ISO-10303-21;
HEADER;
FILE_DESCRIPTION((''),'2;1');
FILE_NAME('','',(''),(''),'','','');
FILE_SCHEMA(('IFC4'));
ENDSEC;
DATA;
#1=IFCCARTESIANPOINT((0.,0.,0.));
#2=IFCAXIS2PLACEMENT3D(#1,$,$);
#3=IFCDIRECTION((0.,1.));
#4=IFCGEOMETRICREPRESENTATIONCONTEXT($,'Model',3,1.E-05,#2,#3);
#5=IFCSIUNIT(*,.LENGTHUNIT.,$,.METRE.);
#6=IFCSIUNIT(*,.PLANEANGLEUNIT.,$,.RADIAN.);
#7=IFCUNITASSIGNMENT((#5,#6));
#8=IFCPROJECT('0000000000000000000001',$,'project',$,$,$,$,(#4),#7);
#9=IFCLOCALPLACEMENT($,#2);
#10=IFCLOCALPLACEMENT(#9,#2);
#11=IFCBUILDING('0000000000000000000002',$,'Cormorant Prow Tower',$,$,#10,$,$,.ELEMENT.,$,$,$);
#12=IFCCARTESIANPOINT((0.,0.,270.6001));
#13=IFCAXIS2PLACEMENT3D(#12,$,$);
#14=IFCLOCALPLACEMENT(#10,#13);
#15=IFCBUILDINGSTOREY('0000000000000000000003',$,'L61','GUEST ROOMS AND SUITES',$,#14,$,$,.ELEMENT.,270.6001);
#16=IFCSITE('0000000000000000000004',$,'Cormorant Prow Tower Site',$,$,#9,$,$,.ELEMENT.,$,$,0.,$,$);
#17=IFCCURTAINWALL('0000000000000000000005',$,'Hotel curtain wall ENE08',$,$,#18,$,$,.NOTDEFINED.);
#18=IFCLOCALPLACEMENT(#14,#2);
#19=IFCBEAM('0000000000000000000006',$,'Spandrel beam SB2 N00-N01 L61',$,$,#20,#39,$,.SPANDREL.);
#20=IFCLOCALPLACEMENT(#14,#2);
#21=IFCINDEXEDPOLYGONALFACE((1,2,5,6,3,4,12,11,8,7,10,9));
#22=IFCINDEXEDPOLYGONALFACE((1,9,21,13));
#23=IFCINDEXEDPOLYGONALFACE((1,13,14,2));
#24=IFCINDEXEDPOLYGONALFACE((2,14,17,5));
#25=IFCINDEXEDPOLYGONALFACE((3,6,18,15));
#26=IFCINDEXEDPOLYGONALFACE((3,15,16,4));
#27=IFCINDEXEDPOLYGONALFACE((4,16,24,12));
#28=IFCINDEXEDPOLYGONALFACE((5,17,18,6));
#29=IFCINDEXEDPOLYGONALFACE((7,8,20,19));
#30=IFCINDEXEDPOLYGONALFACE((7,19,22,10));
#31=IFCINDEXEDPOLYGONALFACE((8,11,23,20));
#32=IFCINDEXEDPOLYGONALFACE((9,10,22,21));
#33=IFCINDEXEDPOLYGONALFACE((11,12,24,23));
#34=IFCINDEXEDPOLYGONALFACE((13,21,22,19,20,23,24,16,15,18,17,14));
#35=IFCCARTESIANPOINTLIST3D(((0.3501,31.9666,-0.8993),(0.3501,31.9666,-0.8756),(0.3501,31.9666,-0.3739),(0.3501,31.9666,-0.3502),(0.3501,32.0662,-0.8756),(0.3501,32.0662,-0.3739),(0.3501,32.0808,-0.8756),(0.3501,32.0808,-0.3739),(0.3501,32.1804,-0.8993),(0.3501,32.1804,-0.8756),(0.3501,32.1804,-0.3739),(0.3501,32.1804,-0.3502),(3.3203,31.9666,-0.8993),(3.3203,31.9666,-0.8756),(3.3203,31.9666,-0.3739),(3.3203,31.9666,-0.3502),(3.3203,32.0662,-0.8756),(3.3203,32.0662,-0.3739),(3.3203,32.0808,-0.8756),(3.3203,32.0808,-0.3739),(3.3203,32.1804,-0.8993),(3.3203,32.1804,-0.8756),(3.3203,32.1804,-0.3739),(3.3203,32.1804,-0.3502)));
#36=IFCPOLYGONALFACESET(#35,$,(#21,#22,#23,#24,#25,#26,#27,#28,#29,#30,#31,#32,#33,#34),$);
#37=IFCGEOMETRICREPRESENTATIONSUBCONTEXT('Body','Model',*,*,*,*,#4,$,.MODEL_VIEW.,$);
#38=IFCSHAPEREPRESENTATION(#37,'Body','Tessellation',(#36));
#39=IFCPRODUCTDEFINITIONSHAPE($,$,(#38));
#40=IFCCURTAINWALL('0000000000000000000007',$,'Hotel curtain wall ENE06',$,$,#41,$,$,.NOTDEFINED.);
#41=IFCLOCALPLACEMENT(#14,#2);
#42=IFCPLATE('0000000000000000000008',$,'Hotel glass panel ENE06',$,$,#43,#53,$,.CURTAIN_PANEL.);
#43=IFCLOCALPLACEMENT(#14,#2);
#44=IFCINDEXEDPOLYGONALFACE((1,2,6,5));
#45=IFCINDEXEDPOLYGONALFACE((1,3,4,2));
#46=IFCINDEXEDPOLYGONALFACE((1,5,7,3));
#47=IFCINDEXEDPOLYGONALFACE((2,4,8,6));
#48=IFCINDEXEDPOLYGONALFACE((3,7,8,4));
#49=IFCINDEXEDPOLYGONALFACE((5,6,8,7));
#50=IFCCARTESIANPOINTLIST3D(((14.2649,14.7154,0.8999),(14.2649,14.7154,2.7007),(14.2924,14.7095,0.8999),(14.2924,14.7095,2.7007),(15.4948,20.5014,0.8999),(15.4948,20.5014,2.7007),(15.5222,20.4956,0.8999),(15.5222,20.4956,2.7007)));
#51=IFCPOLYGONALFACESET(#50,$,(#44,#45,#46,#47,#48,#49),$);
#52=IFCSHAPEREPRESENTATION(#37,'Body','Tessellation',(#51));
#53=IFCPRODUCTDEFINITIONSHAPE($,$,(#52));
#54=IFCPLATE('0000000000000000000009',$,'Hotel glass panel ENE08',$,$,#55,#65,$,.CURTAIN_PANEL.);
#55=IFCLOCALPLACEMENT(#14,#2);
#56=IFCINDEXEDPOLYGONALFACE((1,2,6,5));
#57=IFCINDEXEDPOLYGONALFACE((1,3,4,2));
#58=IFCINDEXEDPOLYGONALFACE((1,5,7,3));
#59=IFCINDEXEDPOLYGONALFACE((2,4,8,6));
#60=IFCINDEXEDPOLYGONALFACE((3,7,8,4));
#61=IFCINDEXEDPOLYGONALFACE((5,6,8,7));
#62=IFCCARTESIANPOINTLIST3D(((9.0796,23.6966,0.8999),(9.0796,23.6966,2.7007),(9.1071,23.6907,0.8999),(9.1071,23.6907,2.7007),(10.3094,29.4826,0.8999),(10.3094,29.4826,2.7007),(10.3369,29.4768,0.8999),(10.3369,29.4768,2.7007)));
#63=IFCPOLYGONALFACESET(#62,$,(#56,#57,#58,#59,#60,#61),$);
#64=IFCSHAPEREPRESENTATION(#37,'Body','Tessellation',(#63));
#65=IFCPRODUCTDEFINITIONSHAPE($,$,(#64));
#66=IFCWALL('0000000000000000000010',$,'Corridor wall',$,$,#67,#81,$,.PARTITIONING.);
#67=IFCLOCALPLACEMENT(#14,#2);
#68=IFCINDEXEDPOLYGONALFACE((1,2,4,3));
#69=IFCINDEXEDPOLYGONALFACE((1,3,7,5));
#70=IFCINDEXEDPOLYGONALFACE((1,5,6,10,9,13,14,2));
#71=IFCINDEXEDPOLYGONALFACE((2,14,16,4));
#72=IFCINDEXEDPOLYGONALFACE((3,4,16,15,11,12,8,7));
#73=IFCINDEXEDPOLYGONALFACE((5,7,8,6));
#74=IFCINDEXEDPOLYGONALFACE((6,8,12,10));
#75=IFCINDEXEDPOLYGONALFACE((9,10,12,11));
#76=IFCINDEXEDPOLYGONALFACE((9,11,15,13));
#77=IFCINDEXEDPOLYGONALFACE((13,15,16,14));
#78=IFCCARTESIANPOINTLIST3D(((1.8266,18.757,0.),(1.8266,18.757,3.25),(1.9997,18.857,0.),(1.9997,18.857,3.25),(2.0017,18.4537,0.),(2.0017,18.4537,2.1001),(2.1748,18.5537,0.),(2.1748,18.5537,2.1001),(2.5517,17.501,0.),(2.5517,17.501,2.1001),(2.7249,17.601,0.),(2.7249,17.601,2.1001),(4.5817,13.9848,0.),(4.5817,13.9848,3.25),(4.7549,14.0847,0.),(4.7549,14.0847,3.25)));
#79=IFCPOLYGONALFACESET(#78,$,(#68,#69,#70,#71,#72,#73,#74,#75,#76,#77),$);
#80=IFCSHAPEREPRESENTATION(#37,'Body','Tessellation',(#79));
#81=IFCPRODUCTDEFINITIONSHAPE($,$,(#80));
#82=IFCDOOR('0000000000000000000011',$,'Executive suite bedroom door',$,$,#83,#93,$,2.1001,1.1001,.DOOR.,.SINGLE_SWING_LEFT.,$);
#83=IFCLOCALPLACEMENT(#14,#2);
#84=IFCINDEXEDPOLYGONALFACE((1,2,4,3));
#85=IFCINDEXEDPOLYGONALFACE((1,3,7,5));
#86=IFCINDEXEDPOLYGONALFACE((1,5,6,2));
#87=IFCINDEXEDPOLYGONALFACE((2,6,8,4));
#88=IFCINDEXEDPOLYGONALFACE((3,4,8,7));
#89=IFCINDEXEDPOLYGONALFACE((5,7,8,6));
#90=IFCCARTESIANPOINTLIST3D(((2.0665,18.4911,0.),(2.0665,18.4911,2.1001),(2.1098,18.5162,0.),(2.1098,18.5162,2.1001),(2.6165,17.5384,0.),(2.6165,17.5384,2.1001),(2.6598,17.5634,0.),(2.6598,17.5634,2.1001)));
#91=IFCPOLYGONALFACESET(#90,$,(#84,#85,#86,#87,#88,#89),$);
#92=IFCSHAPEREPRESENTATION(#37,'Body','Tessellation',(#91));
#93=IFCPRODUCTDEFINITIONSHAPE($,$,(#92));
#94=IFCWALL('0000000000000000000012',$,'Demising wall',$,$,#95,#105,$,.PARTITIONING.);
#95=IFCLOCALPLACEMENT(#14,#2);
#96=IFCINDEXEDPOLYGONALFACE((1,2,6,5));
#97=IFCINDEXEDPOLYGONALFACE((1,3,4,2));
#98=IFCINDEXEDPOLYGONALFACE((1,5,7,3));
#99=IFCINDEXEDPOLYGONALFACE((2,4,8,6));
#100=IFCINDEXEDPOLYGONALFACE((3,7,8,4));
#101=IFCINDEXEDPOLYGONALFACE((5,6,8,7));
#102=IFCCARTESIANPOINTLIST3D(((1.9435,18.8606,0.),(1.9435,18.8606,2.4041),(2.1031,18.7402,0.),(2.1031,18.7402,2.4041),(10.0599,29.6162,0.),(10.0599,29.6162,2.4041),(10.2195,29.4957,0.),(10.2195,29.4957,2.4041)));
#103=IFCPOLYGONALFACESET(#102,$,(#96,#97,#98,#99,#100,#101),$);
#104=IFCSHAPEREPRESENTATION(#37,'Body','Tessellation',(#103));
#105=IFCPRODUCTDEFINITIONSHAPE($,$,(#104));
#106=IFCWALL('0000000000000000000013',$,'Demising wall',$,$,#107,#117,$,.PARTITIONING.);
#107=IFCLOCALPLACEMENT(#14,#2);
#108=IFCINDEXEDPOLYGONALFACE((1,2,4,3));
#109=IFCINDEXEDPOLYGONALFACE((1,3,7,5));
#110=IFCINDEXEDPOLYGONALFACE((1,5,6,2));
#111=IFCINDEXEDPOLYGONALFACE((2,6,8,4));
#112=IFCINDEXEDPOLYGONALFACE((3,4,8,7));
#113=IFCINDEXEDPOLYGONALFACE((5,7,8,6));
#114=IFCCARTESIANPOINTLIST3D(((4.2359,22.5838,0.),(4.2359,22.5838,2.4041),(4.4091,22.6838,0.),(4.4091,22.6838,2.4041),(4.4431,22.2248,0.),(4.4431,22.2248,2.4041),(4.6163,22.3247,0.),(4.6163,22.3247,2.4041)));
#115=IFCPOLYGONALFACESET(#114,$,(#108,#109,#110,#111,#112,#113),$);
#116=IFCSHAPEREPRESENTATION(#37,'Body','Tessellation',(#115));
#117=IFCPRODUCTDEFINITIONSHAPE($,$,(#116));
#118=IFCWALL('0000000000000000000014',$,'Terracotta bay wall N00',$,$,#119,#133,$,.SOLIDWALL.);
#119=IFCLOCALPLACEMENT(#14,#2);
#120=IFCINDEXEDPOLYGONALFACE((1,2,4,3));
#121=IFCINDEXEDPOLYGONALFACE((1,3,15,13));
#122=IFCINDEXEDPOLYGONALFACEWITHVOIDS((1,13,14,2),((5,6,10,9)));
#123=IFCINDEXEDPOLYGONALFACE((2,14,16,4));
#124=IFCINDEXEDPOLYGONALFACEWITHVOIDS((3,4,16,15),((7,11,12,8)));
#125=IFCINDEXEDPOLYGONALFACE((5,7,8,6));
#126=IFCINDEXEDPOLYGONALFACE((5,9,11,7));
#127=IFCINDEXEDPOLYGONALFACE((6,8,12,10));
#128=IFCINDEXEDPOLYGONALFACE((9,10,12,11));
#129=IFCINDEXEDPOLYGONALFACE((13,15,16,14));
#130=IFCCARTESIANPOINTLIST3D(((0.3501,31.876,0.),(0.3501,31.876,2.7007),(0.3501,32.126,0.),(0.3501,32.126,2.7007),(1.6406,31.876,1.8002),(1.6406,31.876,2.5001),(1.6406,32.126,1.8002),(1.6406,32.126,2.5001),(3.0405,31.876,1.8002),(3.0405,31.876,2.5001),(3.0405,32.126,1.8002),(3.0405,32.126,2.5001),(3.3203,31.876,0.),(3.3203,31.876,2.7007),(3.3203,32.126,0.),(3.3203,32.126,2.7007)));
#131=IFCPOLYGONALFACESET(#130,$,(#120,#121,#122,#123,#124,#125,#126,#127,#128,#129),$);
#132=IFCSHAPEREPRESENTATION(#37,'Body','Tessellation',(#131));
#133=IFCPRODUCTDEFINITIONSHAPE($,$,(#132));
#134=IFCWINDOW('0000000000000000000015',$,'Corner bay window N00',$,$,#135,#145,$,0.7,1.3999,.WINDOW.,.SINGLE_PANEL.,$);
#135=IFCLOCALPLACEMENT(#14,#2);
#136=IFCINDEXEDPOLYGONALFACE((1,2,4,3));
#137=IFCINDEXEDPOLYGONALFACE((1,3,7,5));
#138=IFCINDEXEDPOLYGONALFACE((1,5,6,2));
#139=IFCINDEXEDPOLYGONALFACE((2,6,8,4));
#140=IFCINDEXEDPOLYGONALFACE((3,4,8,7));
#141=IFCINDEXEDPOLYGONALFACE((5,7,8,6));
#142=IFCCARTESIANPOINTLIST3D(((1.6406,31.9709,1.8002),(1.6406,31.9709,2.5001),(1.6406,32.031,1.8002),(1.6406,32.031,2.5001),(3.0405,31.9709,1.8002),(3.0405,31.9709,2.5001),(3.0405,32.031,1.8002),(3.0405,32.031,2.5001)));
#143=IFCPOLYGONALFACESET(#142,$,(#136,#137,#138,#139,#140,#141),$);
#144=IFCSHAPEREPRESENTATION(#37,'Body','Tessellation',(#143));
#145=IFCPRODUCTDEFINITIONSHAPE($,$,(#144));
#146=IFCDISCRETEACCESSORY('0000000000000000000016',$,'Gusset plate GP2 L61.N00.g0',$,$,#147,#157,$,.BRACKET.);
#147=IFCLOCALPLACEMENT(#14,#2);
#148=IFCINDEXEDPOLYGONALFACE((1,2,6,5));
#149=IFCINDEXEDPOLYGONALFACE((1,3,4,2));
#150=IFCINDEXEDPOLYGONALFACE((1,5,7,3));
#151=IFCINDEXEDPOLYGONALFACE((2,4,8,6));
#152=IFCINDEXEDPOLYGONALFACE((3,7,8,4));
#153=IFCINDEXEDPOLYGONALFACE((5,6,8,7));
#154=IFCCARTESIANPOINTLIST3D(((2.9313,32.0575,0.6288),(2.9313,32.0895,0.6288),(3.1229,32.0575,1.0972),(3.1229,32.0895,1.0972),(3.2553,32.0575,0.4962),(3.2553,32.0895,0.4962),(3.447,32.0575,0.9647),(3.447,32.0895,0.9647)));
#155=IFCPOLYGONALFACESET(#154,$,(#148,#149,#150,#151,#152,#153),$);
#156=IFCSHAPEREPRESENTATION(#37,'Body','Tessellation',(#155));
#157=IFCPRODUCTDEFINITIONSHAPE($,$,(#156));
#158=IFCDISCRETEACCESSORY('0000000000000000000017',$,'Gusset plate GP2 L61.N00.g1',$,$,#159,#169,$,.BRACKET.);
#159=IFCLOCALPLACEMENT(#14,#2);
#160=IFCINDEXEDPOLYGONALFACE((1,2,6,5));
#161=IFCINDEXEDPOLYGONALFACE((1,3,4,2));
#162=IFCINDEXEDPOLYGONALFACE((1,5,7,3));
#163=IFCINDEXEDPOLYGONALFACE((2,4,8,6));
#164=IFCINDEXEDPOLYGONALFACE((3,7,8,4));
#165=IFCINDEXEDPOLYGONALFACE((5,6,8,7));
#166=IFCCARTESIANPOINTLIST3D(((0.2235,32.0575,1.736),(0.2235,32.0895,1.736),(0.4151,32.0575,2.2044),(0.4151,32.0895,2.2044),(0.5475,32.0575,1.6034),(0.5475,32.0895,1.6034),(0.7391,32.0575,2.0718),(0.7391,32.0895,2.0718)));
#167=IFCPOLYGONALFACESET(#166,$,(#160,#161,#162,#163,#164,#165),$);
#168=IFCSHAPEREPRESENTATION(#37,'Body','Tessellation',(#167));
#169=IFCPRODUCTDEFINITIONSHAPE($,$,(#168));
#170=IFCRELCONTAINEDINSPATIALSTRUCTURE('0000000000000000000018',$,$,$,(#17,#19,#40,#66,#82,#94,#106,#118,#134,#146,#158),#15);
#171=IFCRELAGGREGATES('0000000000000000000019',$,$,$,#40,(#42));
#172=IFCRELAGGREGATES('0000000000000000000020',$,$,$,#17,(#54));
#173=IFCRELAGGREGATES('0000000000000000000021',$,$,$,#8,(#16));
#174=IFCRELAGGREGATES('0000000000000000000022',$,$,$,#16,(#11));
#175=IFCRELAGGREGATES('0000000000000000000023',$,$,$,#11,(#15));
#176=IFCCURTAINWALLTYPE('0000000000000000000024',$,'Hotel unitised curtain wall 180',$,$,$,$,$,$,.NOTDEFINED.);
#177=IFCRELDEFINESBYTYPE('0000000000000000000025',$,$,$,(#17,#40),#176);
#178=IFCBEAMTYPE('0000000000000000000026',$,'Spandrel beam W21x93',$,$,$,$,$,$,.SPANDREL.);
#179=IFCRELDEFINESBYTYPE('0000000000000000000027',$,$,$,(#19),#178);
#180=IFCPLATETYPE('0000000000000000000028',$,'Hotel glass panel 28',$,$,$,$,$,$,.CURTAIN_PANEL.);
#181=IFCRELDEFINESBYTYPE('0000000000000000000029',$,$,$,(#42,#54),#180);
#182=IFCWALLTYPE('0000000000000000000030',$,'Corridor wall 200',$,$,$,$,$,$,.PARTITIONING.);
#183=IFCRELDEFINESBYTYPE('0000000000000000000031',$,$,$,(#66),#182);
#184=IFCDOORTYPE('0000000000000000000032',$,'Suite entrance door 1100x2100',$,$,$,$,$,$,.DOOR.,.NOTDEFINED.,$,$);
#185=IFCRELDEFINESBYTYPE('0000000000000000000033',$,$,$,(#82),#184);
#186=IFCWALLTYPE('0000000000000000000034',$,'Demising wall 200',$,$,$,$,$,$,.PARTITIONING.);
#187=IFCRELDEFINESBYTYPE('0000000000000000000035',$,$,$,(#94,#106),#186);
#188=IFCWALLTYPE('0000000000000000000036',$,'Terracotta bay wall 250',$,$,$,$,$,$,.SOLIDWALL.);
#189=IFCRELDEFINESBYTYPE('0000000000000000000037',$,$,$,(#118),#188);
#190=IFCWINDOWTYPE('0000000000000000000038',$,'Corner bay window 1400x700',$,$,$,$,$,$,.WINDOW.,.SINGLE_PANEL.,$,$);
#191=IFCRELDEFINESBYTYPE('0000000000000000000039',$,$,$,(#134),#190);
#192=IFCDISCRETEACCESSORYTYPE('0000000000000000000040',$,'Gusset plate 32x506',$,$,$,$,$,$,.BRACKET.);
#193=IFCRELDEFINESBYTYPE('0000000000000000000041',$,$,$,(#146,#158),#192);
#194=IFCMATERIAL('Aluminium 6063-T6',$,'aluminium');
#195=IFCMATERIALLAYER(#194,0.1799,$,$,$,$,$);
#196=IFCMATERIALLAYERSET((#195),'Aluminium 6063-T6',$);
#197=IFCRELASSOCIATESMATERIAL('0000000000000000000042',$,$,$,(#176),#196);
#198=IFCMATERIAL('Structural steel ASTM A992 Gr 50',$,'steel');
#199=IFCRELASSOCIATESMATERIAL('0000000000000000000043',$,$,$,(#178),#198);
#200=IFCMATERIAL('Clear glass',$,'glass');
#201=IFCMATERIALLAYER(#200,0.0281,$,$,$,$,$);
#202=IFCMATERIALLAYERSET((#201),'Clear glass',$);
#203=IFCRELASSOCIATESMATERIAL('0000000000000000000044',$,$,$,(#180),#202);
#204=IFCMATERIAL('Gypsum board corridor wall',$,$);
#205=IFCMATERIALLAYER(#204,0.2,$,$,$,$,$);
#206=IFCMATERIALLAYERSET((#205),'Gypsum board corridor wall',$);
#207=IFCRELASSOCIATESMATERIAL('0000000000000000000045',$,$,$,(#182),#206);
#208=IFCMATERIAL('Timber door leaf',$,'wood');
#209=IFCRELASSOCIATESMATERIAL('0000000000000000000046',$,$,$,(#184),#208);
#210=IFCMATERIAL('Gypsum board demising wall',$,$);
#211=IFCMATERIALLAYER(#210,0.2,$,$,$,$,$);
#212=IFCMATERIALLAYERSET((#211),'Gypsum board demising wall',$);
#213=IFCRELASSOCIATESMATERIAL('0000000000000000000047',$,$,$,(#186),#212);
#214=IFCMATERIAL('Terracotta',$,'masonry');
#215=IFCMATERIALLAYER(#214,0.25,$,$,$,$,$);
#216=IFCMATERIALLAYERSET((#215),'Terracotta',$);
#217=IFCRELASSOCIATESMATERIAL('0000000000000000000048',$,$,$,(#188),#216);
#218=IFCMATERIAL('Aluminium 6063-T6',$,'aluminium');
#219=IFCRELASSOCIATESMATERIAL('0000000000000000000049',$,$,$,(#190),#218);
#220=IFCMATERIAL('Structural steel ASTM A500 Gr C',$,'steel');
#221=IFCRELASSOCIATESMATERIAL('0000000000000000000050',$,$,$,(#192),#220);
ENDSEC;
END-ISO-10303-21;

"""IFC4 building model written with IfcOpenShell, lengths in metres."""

from ifc_helpers import new_model, si_unit, direction, frame, frame_2d, origin, origin_2d, place, context, subcontext, project, spatial, rectangle, i_section, extrude, material, layer, layer_set, material_profile, profile_set, type_object, element, fill, aggregate, save


model = new_model("IFC4")

# Units and contexts
model_context = context("Model", 3, precision=1e-05, world=origin(), true_north=direction((0.0, 1.0)))
body_context = subcontext(model_context, "Body", "Model", "MODEL_VIEW")
ifc_project = project(units=[si_unit("LENGTHUNIT", "METRE"), si_unit("PLANEANGLEUNIT", "RADIAN")], contexts=[model_context])

# Site, building, storey
site_placement = place(None, origin())
site = spatial("IfcSite", under=ifc_project, at=site_placement, Name="Cormorant Prow Tower Site", CompositionType="ELEMENT", RefElevation=0.0)
building_placement = place(site_placement, origin())
building = spatial("IfcBuilding", under=site, at=building_placement, Name="Cormorant Prow Tower", CompositionType="ELEMENT")
storey_placement = place(building_placement, frame((0.0, 0.0, 270.6001)))
storey = spatial("IfcBuildingStorey", under=building, at=storey_placement, Name="L61", Description="GUEST ROOMS AND SUITES", CompositionType="ELEMENT", Elevation=270.6001)

# Curtain wall
ifc_material_1 = material(Name="Aluminium 6063-T6", Category="aluminium")
ifc_layer_1 = layer(ifc_material_1, 0.1799)
ifc_layer_set_1 = layer_set([ifc_layer_1], Name="Aluminium 6063-T6")
curtain_wall_type = type_object("IfcCurtainWallType", Name="Hotel unitised curtain wall 180", PredefinedType="NOTDEFINED", material=ifc_layer_set_1)
curtain_wall_1_placement = place(storey_placement, origin())
curtain_wall_1 = element("IfcCurtainWall", 1, at=curtain_wall_1_placement, inside=storey, type_object=curtain_wall_type, Name="Hotel curtain wall ENE08", PredefinedType="NOTDEFINED")

# Beam
ifc_material_2 = material(Name="Structural steel ASTM A992 Gr 50", Category="steel")
ifc_material_profile_1 = material_profile(ifc_material_2, i_section(OverallWidth=0.2139, OverallDepth=0.5491, WebThickness=0.0146, FlangeThickness=0.0237, at=origin_2d()), Name="W21x93")
ifc_profile_set_1 = profile_set([ifc_material_profile_1], Name="Structural steel ASTM A992 Gr 50")
beam_type = type_object("IfcBeamType", Name="Spandrel beam W21x93", PredefinedType="SPANDREL", material=ifc_profile_set_1)
beam_1_placement = place(storey_placement, frame((3.3203, 32.0735, -0.6248), z_axis=(-1.0, 0.0, 0.0), x_axis=(0.0, -1.0, 0.0)))
element("IfcBeam", 2, at=beam_1_placement, inside=storey, type_object=beam_type, Name="Spandrel beam SB2 N00-N01 L61", PredefinedType="SPANDREL", context=body_context, shape_type="SweptSolid", body=[
    extrude(i_section(OverallWidth=0.2139, OverallDepth=0.5491, WebThickness=0.0146, FlangeThickness=0.0237, at=origin_2d()), origin(), (0.0, 0.0, 1.0), 2.9702),
])

# Curtain wall, plate
curtain_wall_2_placement = place(storey_placement, origin())
curtain_wall_2 = element("IfcCurtainWall", 3, at=curtain_wall_2_placement, inside=storey, type_object=curtain_wall_type, Name="Hotel curtain wall ENE06", PredefinedType="NOTDEFINED")
ifc_material_3 = material(Name="Clear glass", Category="glass")
ifc_layer_2 = layer(ifc_material_3, 0.0281)
ifc_layer_set_2 = layer_set([ifc_layer_2], Name="Clear glass")
plate_type = type_object("IfcPlateType", Name="Hotel glass panel 28", PredefinedType="CURTAIN_PANEL", material=ifc_layer_set_2)
plate_1_placement = place(storey_placement, frame((14.8936, 17.6055, 0.8999), z_axis=(0.0, 0.0, 1.0), x_axis=(0.207912, 0.978148, 0.0)))
plate_1 = element("IfcPlate", 4, at=plate_1_placement, type_object=plate_type, Name="Hotel glass panel ENE06", PredefinedType="CURTAIN_PANEL", context=body_context, shape_type="SweptSolid", body=[
    extrude(rectangle(XDim=5.9153, YDim=0.0281, at=origin_2d()), origin(), (0.0, 0.0, 1.0), 1.8008),
])
aggregate(curtain_wall_2, [plate_1])

# Plate
plate_2_placement = place(storey_placement, frame((9.7083, 26.5867, 0.8999), z_axis=(0.0, 0.0, 1.0), x_axis=(0.207912, 0.978148, 0.0)))
plate_2 = element("IfcPlate", 5, at=plate_2_placement, type_object=plate_type, Name="Hotel glass panel ENE08", PredefinedType="CURTAIN_PANEL", context=body_context, shape_type="SweptSolid", body=[
    extrude(rectangle(XDim=5.9153, YDim=0.0281, at=origin_2d()), origin(), (0.0, 0.0, 1.0), 1.8008),
])
aggregate(curtain_wall_1, [plate_2])

# Wall, opening, door
ifc_material_4 = material(Name="Gypsum board corridor wall")
ifc_layer_3 = layer(ifc_material_4, 0.2)
ifc_layer_set_3 = layer_set([ifc_layer_3], Name="Gypsum board corridor wall")
wall_type_1 = type_object("IfcWallType", Name="Corridor wall 200", PredefinedType="PARTITIONING", material=ifc_layer_set_3)
wall_1_placement = place(storey_placement, frame((1.9131, 18.8071, 0.0), z_axis=(0.0, 0.0, 1.0), x_axis=(0.499985, -0.866034, 0.0)))
wall_1 = element("IfcWall", 6, at=wall_1_placement, inside=storey, type_object=wall_type_1, Name="Corridor wall", PredefinedType="PARTITIONING", context=body_context, shape_type="SweptSolid", body=[
    extrude(rectangle(XDim=5.5105, YDim=0.2, at=frame_2d((2.7554, 0.0))), origin(), (0.0, 0.0, 1.0), 3.25),
])
opening_1_placement = place(wall_1_placement, frame((0.3503, 0.0, 0.0)))
opening_1 = element("IfcOpeningElement", 7, at=opening_1_placement, cuts=wall_1, PredefinedType="OPENING", context=body_context, shape_type="SweptSolid", body=[
    extrude(rectangle(XDim=1.1001, YDim=2.1001, at=frame_2d((0.55, 1.05))), frame((0.0, 0.1099, 0.0), z_axis=(0.0, -1.0, 0.0), x_axis=(1.0, 0.0, 0.0)), (0.0, 0.0, 1.0), 0.22),
])
ifc_material_5 = material(Name="Timber door leaf", Category="wood")
door_type_1 = type_object("IfcDoorType", Name="Suite entrance door 1100x2100", OperationType="NOTDEFINED", PredefinedType="DOOR", material=ifc_material_5)
door_1_placement = place(opening_1_placement, origin())
door_1 = element("IfcDoor", 8, at=door_1_placement, inside=storey, type_object=door_type_1, Name="Executive suite bedroom door", OperationType="SINGLE_SWING_LEFT", OverallHeight=2.1001, OverallWidth=1.1001, PredefinedType="DOOR", context=body_context, shape_type="SweptSolid", body=[
    extrude(rectangle(XDim=1.1001, YDim=2.1001, at=frame_2d((0.55, 1.05))), frame((0.0, 0.0249, 0.0), z_axis=(0.0, -1.0, 0.0), x_axis=(1.0, 0.0, 0.0)), (0.0, 0.0, 1.0), 0.05),
])
fill(opening_1, door_1)

# Walls
ifc_material_6 = material(Name="Gypsum board demising wall")
ifc_layer_4 = layer(ifc_material_6, 0.2)
ifc_layer_set_4 = layer_set([ifc_layer_4], Name="Gypsum board demising wall")
wall_type_2 = type_object("IfcWallType", Name="Demising wall 200", PredefinedType="PARTITIONING", material=ifc_layer_set_4)
wall_2_placement = place(storey_placement, frame((2.0232, 18.8003, 0.0), z_axis=(0.0, 0.0, 1.0), x_axis=(0.60236, 0.798224, 0.0)))
element("IfcWall", 9, at=wall_2_placement, inside=storey, type_object=wall_type_2, Name="Demising wall", PredefinedType="PARTITIONING", context=body_context, shape_type="SweptSolid", body=[
    extrude(rectangle(XDim=13.4744, YDim=0.2, at=frame_2d((6.7373, 0.0))), origin(), (0.0, 0.0, 1.0), 2.4041),
])
wall_3_placement = place(storey_placement, frame((4.3225, 22.6338, 0.0), z_axis=(0.0, 0.0, 1.0), x_axis=(0.499875, -0.866097, 0.0)))
element("IfcWall", 10, at=wall_3_placement, inside=storey, type_object=wall_type_2, Name="Demising wall", PredefinedType="PARTITIONING", context=body_context, shape_type="SweptSolid", body=[
    extrude(rectangle(XDim=0.4146, YDim=0.2, at=frame_2d((0.2073, 0.0))), origin(), (0.0, 0.0, 1.0), 2.4041),
])

# Wall, opening, window
ifc_material_7 = material(Name="Terracotta", Category="masonry")
ifc_layer_5 = layer(ifc_material_7, 0.25)
ifc_layer_set_5 = layer_set([ifc_layer_5], Name="Terracotta")
wall_type_3 = type_object("IfcWallType", Name="Terracotta bay wall 250", PredefinedType="SOLIDWALL", material=ifc_layer_set_5)
wall_4_placement = place(storey_placement, frame((3.3203, 32.001, 0.0), z_axis=(0.0, 0.0, 1.0), x_axis=(-1.0, 0.0, 0.0)))
wall_4 = element("IfcWall", 11, at=wall_4_placement, inside=storey, type_object=wall_type_3, Name="Terracotta bay wall N00", PredefinedType="SOLIDWALL", context=body_context, shape_type="SweptSolid", body=[
    extrude(rectangle(XDim=2.9702, YDim=0.25, at=frame_2d((1.4851, 0.0))), origin(), (0.0, 0.0, 1.0), 2.7007),
])
opening_2_placement = place(wall_4_placement, frame((0.2798, 0.0, 1.8)))
opening_2 = element("IfcOpeningElement", 12, at=opening_2_placement, cuts=wall_4, PredefinedType="OPENING", context=body_context, shape_type="SweptSolid", body=[
    extrude(rectangle(XDim=1.3999, YDim=0.7, at=frame_2d((0.7, 0.3501))), frame((0.0, 0.135, 0.0), z_axis=(0.0, -1.0, 0.0), x_axis=(1.0, 0.0, 0.0)), (0.0, 0.0, 1.0), 0.27),
])
ifc_material_8 = material(Name="Aluminium 6063-T6", Category="aluminium")
window_type = type_object("IfcWindowType", Name="Corner bay window 1400x700", PartitioningType="SINGLE_PANEL", PredefinedType="WINDOW", material=ifc_material_8)
window_placement = place(opening_2_placement, origin())
window = element("IfcWindow", 13, at=window_placement, inside=storey, type_object=window_type, Name="Corner bay window N00", OverallHeight=0.7, OverallWidth=1.3999, PartitioningType="SINGLE_PANEL", PredefinedType="WINDOW", context=body_context, shape_type="SweptSolid", body=[
    extrude(rectangle(XDim=1.3999, YDim=0.7, at=frame_2d((0.7, 0.3501))), frame((0.0, 0.03, 0.0), z_axis=(0.0, -1.0, 0.0), x_axis=(1.0, 0.0, 0.0)), (0.0, 0.0, 1.0), 0.0601),
])
fill(opening_2, window)

# Discrete accessories
ifc_material_9 = material(Name="Structural steel ASTM A500 Gr C", Category="steel")
ifc_material_profile_2 = material_profile(ifc_material_9, rectangle(XDim=0.032, YDim=0.5061, at=origin_2d()), Name="Gusset plate 32x506")
ifc_profile_set_2 = profile_set([ifc_material_profile_2], Name="Structural steel ASTM A500 Gr C")
discrete_accessory_type = type_object("IfcDiscreteAccessoryType", Name="Gusset plate 32x506", PredefinedType="BRACKET", material=ifc_profile_set_2)
for number, where, z_axis, x_axis, name in (
    (14, (3.0271, 32.0735, 0.863), (0.925514, 0.0, -0.378714), (0.0, 1.0, 0.0), "Gusset plate GP2 L61.N00.g0"),
    (15, (0.6433, 32.0735, 1.8376), (-0.925514, 0.0, 0.378714), (0.0, -1.0, 0.0), "Gusset plate GP2 L61.N00.g1"),
):
    element("IfcDiscreteAccessory", number, at=place(storey_placement, frame(where, z_axis=z_axis, x_axis=x_axis)), inside=storey, type_object=discrete_accessory_type, Name=name, PredefinedType="BRACKET", context=body_context, shape_type="SweptSolid", body=[
        extrude(rectangle(XDim=0.032, YDim=0.5061, at=origin_2d()), origin(), (0.0, 0.0, 1.0), 0.3501),
    ])

save(model, "model.ifc")
